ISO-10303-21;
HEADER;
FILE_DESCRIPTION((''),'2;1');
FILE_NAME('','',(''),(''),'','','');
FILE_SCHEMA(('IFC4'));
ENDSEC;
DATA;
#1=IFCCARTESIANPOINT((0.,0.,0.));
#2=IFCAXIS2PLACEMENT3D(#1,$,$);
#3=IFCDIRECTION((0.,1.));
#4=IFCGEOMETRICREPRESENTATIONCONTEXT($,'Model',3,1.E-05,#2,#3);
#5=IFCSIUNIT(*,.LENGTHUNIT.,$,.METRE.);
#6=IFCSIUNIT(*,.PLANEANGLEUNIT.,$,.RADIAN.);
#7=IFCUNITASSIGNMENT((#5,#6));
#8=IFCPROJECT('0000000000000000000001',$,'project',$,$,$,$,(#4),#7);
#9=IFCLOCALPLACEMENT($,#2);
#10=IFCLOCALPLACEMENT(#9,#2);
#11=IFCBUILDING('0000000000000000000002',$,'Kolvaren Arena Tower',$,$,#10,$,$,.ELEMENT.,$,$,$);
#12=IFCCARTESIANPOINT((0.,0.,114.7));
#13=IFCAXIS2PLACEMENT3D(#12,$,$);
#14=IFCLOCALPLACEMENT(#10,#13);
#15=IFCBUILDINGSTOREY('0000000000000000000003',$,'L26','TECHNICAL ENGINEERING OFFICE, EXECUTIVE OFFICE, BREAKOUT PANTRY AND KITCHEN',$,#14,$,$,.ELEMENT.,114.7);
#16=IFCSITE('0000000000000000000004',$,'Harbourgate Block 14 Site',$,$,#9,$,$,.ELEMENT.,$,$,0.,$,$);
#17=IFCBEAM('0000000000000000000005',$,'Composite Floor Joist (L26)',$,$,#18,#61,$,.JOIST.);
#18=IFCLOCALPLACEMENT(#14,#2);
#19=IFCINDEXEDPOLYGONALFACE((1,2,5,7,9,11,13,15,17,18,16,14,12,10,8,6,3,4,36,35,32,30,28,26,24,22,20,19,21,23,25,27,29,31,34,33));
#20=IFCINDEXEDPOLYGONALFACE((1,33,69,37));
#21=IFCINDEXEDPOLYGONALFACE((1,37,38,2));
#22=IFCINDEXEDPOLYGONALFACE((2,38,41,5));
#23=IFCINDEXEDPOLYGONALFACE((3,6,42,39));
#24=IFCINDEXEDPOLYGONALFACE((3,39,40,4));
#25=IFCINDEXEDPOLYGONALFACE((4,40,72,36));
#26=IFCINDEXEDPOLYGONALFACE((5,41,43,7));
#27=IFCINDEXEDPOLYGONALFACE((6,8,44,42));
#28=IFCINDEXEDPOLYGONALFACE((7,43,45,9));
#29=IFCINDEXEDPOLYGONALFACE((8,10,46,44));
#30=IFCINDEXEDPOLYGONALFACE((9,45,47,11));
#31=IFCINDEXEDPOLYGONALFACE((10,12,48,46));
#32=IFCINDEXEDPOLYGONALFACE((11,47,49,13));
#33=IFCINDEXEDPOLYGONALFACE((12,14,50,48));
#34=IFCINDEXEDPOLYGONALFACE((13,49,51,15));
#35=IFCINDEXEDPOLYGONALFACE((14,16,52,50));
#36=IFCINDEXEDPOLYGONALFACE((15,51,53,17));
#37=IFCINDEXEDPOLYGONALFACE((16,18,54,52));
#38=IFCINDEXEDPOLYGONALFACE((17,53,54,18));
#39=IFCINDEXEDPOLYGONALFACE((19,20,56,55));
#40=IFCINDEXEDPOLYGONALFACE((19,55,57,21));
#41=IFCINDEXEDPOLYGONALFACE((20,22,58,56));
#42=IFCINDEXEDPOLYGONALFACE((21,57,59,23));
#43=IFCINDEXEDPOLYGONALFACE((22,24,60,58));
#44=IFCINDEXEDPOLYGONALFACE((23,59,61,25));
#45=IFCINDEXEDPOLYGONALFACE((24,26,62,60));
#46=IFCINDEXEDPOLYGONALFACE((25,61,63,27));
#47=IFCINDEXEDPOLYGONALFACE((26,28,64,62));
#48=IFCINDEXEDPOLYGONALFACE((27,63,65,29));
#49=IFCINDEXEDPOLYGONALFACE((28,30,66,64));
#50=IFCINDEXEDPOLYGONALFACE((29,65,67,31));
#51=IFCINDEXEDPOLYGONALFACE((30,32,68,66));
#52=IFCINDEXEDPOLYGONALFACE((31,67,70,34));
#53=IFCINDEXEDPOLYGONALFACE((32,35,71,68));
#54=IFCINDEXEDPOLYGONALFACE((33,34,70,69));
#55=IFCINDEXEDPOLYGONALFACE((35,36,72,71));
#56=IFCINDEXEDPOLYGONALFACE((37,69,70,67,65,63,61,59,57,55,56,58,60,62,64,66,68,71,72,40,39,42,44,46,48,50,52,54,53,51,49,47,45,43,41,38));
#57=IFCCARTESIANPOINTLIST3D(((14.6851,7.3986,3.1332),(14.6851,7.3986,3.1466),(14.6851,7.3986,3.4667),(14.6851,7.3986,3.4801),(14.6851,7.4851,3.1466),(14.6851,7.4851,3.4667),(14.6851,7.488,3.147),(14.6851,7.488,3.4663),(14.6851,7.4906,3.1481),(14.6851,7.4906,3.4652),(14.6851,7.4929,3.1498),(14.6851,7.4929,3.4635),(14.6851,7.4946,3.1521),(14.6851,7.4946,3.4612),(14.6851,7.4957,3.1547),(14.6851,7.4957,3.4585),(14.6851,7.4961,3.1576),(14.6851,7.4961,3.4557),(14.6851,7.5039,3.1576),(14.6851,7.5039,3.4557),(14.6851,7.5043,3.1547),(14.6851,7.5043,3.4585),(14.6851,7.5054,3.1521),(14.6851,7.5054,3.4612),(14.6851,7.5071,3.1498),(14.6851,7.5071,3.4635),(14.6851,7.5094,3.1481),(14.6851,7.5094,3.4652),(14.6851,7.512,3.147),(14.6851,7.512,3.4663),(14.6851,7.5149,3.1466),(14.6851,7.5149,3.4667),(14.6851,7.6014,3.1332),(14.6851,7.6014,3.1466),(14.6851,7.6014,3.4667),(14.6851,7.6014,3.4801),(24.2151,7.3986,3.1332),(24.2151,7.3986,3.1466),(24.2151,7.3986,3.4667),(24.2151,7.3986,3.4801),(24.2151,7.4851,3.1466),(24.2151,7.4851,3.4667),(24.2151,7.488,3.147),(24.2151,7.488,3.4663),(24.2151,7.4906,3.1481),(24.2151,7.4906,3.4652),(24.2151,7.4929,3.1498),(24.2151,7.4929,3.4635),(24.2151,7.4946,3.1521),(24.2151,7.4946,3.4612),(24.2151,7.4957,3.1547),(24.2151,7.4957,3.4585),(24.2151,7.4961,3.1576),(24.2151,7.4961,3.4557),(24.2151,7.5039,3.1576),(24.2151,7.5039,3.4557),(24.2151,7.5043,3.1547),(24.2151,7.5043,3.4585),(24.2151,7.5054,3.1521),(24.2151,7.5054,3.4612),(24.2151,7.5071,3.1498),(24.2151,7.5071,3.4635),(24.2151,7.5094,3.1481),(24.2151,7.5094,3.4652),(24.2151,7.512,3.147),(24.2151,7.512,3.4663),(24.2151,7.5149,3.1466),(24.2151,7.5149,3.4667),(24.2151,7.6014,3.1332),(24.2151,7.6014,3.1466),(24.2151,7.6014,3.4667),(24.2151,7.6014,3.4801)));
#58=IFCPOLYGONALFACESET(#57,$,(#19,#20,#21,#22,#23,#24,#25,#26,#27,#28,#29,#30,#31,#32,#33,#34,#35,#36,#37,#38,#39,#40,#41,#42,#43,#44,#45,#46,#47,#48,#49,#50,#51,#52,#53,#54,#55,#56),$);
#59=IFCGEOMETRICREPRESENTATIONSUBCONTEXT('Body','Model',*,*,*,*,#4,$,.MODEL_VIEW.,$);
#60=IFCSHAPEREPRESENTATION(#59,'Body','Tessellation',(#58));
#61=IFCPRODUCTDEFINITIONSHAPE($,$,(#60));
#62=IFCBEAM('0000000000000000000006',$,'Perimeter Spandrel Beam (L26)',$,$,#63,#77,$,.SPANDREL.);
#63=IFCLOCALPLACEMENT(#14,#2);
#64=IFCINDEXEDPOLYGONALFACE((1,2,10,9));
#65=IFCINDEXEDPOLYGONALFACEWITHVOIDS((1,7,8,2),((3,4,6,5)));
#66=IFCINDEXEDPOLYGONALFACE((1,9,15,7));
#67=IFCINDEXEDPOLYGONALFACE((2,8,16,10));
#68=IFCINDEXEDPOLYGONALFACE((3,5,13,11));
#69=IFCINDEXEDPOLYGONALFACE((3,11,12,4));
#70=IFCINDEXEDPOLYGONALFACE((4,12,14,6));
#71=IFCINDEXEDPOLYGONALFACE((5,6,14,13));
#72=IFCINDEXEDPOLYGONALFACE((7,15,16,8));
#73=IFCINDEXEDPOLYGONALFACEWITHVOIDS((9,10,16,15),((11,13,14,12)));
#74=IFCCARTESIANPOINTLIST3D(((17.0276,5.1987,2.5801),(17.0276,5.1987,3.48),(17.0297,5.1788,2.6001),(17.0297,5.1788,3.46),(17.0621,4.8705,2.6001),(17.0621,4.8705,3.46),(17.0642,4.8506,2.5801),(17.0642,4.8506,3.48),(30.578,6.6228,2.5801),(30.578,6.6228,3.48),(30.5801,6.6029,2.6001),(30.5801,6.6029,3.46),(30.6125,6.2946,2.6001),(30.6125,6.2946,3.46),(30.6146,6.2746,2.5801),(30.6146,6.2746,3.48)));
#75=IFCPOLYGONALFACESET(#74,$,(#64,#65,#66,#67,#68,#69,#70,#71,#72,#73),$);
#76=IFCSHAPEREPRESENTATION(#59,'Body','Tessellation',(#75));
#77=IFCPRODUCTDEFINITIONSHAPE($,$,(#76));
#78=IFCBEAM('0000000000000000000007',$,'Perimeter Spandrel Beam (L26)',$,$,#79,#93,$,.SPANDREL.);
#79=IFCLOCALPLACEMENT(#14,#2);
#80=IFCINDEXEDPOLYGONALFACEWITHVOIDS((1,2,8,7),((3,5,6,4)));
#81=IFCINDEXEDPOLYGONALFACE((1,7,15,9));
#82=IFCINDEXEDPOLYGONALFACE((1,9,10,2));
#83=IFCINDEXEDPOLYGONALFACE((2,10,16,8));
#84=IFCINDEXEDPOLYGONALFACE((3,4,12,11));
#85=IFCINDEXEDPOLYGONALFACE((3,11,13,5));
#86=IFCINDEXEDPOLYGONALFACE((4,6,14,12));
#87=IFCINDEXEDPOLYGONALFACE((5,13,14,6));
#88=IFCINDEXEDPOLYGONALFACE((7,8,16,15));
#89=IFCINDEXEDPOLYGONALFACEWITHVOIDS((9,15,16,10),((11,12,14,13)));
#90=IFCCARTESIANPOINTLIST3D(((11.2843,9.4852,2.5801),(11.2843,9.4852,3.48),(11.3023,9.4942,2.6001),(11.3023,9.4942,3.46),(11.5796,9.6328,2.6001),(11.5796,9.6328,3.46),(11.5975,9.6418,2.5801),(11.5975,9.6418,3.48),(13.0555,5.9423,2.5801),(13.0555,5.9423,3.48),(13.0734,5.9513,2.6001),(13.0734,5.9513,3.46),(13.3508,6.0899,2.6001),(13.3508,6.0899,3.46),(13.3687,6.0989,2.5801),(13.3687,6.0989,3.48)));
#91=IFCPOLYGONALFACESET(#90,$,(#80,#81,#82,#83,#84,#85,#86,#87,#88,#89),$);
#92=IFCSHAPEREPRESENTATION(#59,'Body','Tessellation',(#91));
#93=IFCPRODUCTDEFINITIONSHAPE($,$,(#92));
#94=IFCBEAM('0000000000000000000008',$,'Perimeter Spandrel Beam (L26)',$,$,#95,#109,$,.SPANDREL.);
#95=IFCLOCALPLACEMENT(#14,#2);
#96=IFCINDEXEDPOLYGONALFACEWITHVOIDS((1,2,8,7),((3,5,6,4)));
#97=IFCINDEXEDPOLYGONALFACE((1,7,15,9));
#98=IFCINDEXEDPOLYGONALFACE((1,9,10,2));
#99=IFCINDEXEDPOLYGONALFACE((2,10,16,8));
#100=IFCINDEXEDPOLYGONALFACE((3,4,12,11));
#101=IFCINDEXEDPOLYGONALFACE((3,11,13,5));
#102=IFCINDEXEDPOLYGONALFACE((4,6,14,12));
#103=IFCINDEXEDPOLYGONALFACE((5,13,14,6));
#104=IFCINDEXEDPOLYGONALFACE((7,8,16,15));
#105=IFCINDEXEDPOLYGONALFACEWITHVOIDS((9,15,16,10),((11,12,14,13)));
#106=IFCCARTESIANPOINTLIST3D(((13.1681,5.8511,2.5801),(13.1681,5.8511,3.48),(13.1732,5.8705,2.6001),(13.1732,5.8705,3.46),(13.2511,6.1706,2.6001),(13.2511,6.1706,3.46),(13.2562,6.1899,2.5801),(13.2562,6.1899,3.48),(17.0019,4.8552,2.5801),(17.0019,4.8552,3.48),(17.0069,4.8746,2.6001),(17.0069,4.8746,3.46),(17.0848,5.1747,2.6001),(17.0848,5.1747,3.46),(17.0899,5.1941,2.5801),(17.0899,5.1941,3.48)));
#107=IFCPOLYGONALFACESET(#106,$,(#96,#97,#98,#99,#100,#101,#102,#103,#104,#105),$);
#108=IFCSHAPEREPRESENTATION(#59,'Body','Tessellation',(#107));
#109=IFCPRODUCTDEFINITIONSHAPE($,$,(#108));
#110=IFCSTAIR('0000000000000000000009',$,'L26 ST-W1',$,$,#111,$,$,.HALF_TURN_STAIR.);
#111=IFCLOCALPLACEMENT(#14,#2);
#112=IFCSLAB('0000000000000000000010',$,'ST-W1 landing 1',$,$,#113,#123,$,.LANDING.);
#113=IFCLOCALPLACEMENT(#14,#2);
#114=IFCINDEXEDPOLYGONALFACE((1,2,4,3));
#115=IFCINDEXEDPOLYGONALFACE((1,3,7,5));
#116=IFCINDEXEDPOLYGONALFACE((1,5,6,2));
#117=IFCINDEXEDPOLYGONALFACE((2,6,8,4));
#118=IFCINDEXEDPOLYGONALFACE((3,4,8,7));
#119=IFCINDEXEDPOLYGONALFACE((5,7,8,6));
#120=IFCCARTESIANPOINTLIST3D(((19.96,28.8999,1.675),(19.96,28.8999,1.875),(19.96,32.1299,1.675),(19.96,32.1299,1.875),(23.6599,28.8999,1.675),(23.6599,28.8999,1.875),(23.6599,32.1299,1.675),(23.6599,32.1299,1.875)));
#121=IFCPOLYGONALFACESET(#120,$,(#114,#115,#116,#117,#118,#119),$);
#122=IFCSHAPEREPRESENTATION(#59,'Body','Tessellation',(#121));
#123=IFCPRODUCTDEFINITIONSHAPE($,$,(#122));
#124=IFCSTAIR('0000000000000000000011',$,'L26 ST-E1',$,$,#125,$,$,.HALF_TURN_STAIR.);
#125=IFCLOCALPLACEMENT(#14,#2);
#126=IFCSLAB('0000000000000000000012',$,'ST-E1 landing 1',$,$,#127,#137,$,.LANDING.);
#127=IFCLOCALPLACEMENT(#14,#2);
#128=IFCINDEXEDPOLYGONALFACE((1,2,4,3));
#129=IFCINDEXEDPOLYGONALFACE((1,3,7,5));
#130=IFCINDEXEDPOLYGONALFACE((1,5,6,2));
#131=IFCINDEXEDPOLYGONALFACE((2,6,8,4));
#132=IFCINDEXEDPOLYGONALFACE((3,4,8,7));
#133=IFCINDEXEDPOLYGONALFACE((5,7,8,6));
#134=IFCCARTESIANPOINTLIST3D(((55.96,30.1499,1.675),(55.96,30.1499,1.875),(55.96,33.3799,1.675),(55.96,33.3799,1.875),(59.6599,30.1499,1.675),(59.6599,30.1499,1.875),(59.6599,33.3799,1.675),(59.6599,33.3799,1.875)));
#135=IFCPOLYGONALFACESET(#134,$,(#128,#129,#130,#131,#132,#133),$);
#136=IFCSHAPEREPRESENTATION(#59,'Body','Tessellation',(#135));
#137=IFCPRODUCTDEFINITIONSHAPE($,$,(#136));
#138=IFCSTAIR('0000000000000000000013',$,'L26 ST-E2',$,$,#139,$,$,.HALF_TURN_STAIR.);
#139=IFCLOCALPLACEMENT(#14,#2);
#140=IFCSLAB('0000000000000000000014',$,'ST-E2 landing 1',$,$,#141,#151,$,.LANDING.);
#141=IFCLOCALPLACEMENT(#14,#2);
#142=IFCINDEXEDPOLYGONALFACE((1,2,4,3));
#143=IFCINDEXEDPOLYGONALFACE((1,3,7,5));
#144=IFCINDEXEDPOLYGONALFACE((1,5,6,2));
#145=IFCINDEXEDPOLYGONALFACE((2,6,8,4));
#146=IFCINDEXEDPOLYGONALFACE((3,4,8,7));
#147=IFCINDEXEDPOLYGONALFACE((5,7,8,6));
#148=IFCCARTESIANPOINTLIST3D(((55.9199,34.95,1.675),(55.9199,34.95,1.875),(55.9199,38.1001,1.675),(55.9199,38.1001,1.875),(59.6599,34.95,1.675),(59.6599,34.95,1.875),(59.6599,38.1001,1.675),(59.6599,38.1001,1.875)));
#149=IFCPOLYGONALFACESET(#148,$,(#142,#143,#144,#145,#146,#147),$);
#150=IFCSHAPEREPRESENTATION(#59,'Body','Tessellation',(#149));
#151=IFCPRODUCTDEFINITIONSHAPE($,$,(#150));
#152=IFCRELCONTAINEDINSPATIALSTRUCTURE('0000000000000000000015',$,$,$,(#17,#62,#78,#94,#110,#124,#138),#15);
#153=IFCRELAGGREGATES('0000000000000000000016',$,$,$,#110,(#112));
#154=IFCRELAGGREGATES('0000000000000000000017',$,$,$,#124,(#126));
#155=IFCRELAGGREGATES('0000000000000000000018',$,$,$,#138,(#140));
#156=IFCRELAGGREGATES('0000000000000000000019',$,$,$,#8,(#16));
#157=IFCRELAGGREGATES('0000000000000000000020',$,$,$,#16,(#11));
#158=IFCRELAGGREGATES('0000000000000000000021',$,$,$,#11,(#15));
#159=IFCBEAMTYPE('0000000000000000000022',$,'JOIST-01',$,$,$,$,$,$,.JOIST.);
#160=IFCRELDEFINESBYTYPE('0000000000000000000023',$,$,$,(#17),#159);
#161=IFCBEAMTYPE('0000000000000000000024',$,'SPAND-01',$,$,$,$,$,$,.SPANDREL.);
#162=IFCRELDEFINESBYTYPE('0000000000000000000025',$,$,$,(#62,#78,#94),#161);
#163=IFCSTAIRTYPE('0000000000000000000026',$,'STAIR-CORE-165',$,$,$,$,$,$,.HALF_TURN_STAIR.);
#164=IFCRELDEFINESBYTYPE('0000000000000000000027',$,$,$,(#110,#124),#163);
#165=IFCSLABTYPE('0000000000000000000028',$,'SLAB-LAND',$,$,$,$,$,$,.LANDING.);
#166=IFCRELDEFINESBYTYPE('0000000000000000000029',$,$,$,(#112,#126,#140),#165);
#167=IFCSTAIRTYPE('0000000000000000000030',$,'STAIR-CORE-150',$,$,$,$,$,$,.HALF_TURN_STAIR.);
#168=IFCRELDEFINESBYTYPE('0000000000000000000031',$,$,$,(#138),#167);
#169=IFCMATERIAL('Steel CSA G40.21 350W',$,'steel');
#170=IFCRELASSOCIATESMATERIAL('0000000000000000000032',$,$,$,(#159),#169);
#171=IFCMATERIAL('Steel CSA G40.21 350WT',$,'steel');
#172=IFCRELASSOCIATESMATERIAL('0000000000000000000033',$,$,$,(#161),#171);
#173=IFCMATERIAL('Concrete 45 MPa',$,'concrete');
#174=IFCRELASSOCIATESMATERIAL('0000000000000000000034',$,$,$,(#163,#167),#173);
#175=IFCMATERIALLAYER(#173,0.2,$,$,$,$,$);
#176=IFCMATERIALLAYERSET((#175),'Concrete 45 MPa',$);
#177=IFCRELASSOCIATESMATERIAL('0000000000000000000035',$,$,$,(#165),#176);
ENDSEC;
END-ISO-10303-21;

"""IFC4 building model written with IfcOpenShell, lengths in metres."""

from ifc_helpers import new_model, si_unit, direction, frame, origin, origin_2d, place, context, subcontext, project, spatial, polyline, hollow_rectangle, i_section, outline, extrude, material, layer, layer_set, material_profile, profile_set, type_object, element, aggregate, save


model = new_model("IFC4")

# Units and contexts
model_context = context("Model", 3, precision=1e-05, world=origin(), true_north=direction((0.0, 1.0)))
body_context = subcontext(model_context, "Body", "Model", "MODEL_VIEW")
ifc_project = project(units=[si_unit("LENGTHUNIT", "METRE"), si_unit("PLANEANGLEUNIT", "RADIAN")], contexts=[model_context])

# Site, building, storey
site_placement = place(None, origin())
site = spatial("IfcSite", under=ifc_project, at=site_placement, Name="Harbourgate Block 14 Site", CompositionType="ELEMENT", RefElevation=0.0)
building_placement = place(site_placement, origin())
building = spatial("IfcBuilding", under=site, at=building_placement, Name="Kolvaren Arena Tower", CompositionType="ELEMENT")
storey_placement = place(building_placement, frame((0.0, 0.0, 114.7)))
storey = spatial("IfcBuildingStorey", under=building, at=storey_placement, Name="L26", Description="TECHNICAL ENGINEERING OFFICE, EXECUTIVE OFFICE, BREAKOUT PANTRY AND KITCHEN", CompositionType="ELEMENT", Elevation=114.7)

# Beams
ifc_material_1 = material(Name="Steel CSA G40.21 350W", Category="steel")
ifc_material_profile_1 = material_profile(ifc_material_1, i_section(OverallWidth=0.2029, OverallDepth=0.3469, WebThickness=0.0078, FlangeThickness=0.0134, FilletRadius=0.011, at=origin_2d()), Name="W360x64")
ifc_profile_set_1 = profile_set([ifc_material_profile_1], Name="Steel CSA G40.21 350W")
beam_type_1 = type_object("IfcBeamType", Name="JOIST-01", PredefinedType="JOIST", material=ifc_profile_set_1)
beam_1_placement = place(storey_placement, frame((14.6851, 7.5, 3.3066), z_axis=(1.0, 0.0, 0.0), x_axis=(0.0, 1.0, 0.0)))
element("IfcBeam", 1, at=beam_1_placement, inside=storey, type_object=beam_type_1, Name="Composite Floor Joist (L26)", PredefinedType="JOIST", context=body_context, shape_type="SweptSolid", body=[
    extrude(i_section(OverallWidth=0.2029, OverallDepth=0.3469, WebThickness=0.0078, FlangeThickness=0.0134, FilletRadius=0.011, at=origin_2d()), origin(), (0.0, 0.0, 1.0), 9.53),
])
ifc_material_2 = material(Name="Steel CSA G40.21 350WT", Category="steel")
ifc_material_profile_2 = material_profile(ifc_material_2, hollow_rectangle(XDim=0.3501, YDim=0.8999, WallThickness=0.02, at=origin_2d()), Name="HSS 900x350x20")
ifc_profile_set_2 = profile_set([ifc_material_profile_2], Name="Steel CSA G40.21 350WT")
beam_type_2 = type_object("IfcBeamType", Name="SPAND-01", PredefinedType="SPANDREL", material=ifc_profile_set_2)
beam_2_placement = place(storey_placement, frame((17.0459, 5.0247, 3.03), z_axis=(0.994523, 0.10452, 0.0), x_axis=(-0.10452, 0.994523, 0.0)))
element("IfcBeam", 2, at=beam_2_placement, inside=storey, type_object=beam_type_2, Name="Perimeter Spandrel Beam (L26)", PredefinedType="SPANDREL", context=body_context, shape_type="SweptSolid", body=[
    extrude(hollow_rectangle(XDim=0.3501, YDim=0.8999, WallThickness=0.02, at=origin_2d()), origin(), (0.0, 0.0, 1.0), 13.625),
])
for number, where, z_axis, x_axis, name in (
    (3, (11.4409, 9.5635, 3.03), (0.447164, -0.894452, 0.0), (0.894452, 0.447164, 0.0), "Perimeter Spandrel Beam (L26)"),
    (4, (13.2122, 6.0205, 3.03), (0.967879, -0.251416, 0.0), (0.251416, 0.967879, 0.0), "Perimeter Spandrel Beam (L26)"),
):
    element("IfcBeam", number, at=place(storey_placement, frame(where, z_axis=z_axis, x_axis=x_axis)), inside=storey, type_object=beam_type_2, Name=name, PredefinedType="SPANDREL", context=body_context, shape_type="SweptSolid", body=[
        extrude(hollow_rectangle(XDim=0.3501, YDim=0.8999, WallThickness=0.02, at=origin_2d()), origin(), (0.0, 0.0, 1.0), 3.9609),
    ])

# Stairs, slabs
ifc_material_3 = material(Name="Concrete 45 MPa", Category="concrete")
stair_type_1 = type_object("IfcStairType", Name="STAIR-CORE-165", PredefinedType="HALF_TURN_STAIR", material=ifc_material_3)
stair_1_placement = place(storey_placement, origin())
stair_1 = element("IfcStair", 5, at=stair_1_placement, inside=storey, type_object=stair_type_1, Name="L26 ST-W1", PredefinedType="HALF_TURN_STAIR")
ifc_layer_1 = layer(ifc_material_3, 0.2)
ifc_layer_set_1 = layer_set([ifc_layer_1], Name="Concrete 45 MPa")
slab_type_1 = type_object("IfcSlabType", Name="SLAB-LAND", PredefinedType="LANDING", material=ifc_layer_set_1)
slab_1_placement = place(storey_placement, frame((0.0, 0.0, 1.675)))
slab_1 = element("IfcSlab", 6, at=slab_1_placement, type_object=slab_type_1, Name="ST-W1 landing 1", PredefinedType="LANDING", context=body_context, shape_type="SweptSolid", body=[
    extrude(outline(polyline([(19.96, 28.8999), (23.6599, 28.8999), (23.6599, 32.1299), (19.96, 32.1299), (19.96, 28.8999)])), origin(), (0.0, 0.0, 1.0), 0.2),
])
aggregate(stair_1, [slab_1])
stair_2_placement = place(storey_placement, origin())
stair_2 = element("IfcStair", 7, at=stair_2_placement, inside=storey, type_object=stair_type_1, Name="L26 ST-E1", PredefinedType="HALF_TURN_STAIR")
slab_2_placement = place(storey_placement, frame((0.0, 0.0, 1.675)))
slab_2 = element("IfcSlab", 8, at=slab_2_placement, type_object=slab_type_1, Name="ST-E1 landing 1", PredefinedType="LANDING", context=body_context, shape_type="SweptSolid", body=[
    extrude(outline(polyline([(55.96, 30.1499), (59.6599, 30.1499), (59.6599, 33.3799), (55.96, 33.3799), (55.96, 30.1499)])), origin(), (0.0, 0.0, 1.0), 0.2),
])
aggregate(stair_2, [slab_2])
stair_type_2 = type_object("IfcStairType", Name="STAIR-CORE-150", PredefinedType="HALF_TURN_STAIR", material=ifc_material_3)
stair_3_placement = place(storey_placement, origin())
stair_3 = element("IfcStair", 9, at=stair_3_placement, inside=storey, type_object=stair_type_2, Name="L26 ST-E2", PredefinedType="HALF_TURN_STAIR")
slab_3_placement = place(storey_placement, frame((0.0, 0.0, 1.675)))
slab_3 = element("IfcSlab", 10, at=slab_3_placement, type_object=slab_type_1, Name="ST-E2 landing 1", PredefinedType="LANDING", context=body_context, shape_type="SweptSolid", body=[
    extrude(outline(polyline([(55.9199, 34.95), (59.6599, 34.95), (59.6599, 38.1001), (55.9199, 38.1001), (55.9199, 34.95)])), origin(), (0.0, 0.0, 1.0), 0.2),
])
aggregate(stair_3, [slab_3])

save(model, "model.ifc")
